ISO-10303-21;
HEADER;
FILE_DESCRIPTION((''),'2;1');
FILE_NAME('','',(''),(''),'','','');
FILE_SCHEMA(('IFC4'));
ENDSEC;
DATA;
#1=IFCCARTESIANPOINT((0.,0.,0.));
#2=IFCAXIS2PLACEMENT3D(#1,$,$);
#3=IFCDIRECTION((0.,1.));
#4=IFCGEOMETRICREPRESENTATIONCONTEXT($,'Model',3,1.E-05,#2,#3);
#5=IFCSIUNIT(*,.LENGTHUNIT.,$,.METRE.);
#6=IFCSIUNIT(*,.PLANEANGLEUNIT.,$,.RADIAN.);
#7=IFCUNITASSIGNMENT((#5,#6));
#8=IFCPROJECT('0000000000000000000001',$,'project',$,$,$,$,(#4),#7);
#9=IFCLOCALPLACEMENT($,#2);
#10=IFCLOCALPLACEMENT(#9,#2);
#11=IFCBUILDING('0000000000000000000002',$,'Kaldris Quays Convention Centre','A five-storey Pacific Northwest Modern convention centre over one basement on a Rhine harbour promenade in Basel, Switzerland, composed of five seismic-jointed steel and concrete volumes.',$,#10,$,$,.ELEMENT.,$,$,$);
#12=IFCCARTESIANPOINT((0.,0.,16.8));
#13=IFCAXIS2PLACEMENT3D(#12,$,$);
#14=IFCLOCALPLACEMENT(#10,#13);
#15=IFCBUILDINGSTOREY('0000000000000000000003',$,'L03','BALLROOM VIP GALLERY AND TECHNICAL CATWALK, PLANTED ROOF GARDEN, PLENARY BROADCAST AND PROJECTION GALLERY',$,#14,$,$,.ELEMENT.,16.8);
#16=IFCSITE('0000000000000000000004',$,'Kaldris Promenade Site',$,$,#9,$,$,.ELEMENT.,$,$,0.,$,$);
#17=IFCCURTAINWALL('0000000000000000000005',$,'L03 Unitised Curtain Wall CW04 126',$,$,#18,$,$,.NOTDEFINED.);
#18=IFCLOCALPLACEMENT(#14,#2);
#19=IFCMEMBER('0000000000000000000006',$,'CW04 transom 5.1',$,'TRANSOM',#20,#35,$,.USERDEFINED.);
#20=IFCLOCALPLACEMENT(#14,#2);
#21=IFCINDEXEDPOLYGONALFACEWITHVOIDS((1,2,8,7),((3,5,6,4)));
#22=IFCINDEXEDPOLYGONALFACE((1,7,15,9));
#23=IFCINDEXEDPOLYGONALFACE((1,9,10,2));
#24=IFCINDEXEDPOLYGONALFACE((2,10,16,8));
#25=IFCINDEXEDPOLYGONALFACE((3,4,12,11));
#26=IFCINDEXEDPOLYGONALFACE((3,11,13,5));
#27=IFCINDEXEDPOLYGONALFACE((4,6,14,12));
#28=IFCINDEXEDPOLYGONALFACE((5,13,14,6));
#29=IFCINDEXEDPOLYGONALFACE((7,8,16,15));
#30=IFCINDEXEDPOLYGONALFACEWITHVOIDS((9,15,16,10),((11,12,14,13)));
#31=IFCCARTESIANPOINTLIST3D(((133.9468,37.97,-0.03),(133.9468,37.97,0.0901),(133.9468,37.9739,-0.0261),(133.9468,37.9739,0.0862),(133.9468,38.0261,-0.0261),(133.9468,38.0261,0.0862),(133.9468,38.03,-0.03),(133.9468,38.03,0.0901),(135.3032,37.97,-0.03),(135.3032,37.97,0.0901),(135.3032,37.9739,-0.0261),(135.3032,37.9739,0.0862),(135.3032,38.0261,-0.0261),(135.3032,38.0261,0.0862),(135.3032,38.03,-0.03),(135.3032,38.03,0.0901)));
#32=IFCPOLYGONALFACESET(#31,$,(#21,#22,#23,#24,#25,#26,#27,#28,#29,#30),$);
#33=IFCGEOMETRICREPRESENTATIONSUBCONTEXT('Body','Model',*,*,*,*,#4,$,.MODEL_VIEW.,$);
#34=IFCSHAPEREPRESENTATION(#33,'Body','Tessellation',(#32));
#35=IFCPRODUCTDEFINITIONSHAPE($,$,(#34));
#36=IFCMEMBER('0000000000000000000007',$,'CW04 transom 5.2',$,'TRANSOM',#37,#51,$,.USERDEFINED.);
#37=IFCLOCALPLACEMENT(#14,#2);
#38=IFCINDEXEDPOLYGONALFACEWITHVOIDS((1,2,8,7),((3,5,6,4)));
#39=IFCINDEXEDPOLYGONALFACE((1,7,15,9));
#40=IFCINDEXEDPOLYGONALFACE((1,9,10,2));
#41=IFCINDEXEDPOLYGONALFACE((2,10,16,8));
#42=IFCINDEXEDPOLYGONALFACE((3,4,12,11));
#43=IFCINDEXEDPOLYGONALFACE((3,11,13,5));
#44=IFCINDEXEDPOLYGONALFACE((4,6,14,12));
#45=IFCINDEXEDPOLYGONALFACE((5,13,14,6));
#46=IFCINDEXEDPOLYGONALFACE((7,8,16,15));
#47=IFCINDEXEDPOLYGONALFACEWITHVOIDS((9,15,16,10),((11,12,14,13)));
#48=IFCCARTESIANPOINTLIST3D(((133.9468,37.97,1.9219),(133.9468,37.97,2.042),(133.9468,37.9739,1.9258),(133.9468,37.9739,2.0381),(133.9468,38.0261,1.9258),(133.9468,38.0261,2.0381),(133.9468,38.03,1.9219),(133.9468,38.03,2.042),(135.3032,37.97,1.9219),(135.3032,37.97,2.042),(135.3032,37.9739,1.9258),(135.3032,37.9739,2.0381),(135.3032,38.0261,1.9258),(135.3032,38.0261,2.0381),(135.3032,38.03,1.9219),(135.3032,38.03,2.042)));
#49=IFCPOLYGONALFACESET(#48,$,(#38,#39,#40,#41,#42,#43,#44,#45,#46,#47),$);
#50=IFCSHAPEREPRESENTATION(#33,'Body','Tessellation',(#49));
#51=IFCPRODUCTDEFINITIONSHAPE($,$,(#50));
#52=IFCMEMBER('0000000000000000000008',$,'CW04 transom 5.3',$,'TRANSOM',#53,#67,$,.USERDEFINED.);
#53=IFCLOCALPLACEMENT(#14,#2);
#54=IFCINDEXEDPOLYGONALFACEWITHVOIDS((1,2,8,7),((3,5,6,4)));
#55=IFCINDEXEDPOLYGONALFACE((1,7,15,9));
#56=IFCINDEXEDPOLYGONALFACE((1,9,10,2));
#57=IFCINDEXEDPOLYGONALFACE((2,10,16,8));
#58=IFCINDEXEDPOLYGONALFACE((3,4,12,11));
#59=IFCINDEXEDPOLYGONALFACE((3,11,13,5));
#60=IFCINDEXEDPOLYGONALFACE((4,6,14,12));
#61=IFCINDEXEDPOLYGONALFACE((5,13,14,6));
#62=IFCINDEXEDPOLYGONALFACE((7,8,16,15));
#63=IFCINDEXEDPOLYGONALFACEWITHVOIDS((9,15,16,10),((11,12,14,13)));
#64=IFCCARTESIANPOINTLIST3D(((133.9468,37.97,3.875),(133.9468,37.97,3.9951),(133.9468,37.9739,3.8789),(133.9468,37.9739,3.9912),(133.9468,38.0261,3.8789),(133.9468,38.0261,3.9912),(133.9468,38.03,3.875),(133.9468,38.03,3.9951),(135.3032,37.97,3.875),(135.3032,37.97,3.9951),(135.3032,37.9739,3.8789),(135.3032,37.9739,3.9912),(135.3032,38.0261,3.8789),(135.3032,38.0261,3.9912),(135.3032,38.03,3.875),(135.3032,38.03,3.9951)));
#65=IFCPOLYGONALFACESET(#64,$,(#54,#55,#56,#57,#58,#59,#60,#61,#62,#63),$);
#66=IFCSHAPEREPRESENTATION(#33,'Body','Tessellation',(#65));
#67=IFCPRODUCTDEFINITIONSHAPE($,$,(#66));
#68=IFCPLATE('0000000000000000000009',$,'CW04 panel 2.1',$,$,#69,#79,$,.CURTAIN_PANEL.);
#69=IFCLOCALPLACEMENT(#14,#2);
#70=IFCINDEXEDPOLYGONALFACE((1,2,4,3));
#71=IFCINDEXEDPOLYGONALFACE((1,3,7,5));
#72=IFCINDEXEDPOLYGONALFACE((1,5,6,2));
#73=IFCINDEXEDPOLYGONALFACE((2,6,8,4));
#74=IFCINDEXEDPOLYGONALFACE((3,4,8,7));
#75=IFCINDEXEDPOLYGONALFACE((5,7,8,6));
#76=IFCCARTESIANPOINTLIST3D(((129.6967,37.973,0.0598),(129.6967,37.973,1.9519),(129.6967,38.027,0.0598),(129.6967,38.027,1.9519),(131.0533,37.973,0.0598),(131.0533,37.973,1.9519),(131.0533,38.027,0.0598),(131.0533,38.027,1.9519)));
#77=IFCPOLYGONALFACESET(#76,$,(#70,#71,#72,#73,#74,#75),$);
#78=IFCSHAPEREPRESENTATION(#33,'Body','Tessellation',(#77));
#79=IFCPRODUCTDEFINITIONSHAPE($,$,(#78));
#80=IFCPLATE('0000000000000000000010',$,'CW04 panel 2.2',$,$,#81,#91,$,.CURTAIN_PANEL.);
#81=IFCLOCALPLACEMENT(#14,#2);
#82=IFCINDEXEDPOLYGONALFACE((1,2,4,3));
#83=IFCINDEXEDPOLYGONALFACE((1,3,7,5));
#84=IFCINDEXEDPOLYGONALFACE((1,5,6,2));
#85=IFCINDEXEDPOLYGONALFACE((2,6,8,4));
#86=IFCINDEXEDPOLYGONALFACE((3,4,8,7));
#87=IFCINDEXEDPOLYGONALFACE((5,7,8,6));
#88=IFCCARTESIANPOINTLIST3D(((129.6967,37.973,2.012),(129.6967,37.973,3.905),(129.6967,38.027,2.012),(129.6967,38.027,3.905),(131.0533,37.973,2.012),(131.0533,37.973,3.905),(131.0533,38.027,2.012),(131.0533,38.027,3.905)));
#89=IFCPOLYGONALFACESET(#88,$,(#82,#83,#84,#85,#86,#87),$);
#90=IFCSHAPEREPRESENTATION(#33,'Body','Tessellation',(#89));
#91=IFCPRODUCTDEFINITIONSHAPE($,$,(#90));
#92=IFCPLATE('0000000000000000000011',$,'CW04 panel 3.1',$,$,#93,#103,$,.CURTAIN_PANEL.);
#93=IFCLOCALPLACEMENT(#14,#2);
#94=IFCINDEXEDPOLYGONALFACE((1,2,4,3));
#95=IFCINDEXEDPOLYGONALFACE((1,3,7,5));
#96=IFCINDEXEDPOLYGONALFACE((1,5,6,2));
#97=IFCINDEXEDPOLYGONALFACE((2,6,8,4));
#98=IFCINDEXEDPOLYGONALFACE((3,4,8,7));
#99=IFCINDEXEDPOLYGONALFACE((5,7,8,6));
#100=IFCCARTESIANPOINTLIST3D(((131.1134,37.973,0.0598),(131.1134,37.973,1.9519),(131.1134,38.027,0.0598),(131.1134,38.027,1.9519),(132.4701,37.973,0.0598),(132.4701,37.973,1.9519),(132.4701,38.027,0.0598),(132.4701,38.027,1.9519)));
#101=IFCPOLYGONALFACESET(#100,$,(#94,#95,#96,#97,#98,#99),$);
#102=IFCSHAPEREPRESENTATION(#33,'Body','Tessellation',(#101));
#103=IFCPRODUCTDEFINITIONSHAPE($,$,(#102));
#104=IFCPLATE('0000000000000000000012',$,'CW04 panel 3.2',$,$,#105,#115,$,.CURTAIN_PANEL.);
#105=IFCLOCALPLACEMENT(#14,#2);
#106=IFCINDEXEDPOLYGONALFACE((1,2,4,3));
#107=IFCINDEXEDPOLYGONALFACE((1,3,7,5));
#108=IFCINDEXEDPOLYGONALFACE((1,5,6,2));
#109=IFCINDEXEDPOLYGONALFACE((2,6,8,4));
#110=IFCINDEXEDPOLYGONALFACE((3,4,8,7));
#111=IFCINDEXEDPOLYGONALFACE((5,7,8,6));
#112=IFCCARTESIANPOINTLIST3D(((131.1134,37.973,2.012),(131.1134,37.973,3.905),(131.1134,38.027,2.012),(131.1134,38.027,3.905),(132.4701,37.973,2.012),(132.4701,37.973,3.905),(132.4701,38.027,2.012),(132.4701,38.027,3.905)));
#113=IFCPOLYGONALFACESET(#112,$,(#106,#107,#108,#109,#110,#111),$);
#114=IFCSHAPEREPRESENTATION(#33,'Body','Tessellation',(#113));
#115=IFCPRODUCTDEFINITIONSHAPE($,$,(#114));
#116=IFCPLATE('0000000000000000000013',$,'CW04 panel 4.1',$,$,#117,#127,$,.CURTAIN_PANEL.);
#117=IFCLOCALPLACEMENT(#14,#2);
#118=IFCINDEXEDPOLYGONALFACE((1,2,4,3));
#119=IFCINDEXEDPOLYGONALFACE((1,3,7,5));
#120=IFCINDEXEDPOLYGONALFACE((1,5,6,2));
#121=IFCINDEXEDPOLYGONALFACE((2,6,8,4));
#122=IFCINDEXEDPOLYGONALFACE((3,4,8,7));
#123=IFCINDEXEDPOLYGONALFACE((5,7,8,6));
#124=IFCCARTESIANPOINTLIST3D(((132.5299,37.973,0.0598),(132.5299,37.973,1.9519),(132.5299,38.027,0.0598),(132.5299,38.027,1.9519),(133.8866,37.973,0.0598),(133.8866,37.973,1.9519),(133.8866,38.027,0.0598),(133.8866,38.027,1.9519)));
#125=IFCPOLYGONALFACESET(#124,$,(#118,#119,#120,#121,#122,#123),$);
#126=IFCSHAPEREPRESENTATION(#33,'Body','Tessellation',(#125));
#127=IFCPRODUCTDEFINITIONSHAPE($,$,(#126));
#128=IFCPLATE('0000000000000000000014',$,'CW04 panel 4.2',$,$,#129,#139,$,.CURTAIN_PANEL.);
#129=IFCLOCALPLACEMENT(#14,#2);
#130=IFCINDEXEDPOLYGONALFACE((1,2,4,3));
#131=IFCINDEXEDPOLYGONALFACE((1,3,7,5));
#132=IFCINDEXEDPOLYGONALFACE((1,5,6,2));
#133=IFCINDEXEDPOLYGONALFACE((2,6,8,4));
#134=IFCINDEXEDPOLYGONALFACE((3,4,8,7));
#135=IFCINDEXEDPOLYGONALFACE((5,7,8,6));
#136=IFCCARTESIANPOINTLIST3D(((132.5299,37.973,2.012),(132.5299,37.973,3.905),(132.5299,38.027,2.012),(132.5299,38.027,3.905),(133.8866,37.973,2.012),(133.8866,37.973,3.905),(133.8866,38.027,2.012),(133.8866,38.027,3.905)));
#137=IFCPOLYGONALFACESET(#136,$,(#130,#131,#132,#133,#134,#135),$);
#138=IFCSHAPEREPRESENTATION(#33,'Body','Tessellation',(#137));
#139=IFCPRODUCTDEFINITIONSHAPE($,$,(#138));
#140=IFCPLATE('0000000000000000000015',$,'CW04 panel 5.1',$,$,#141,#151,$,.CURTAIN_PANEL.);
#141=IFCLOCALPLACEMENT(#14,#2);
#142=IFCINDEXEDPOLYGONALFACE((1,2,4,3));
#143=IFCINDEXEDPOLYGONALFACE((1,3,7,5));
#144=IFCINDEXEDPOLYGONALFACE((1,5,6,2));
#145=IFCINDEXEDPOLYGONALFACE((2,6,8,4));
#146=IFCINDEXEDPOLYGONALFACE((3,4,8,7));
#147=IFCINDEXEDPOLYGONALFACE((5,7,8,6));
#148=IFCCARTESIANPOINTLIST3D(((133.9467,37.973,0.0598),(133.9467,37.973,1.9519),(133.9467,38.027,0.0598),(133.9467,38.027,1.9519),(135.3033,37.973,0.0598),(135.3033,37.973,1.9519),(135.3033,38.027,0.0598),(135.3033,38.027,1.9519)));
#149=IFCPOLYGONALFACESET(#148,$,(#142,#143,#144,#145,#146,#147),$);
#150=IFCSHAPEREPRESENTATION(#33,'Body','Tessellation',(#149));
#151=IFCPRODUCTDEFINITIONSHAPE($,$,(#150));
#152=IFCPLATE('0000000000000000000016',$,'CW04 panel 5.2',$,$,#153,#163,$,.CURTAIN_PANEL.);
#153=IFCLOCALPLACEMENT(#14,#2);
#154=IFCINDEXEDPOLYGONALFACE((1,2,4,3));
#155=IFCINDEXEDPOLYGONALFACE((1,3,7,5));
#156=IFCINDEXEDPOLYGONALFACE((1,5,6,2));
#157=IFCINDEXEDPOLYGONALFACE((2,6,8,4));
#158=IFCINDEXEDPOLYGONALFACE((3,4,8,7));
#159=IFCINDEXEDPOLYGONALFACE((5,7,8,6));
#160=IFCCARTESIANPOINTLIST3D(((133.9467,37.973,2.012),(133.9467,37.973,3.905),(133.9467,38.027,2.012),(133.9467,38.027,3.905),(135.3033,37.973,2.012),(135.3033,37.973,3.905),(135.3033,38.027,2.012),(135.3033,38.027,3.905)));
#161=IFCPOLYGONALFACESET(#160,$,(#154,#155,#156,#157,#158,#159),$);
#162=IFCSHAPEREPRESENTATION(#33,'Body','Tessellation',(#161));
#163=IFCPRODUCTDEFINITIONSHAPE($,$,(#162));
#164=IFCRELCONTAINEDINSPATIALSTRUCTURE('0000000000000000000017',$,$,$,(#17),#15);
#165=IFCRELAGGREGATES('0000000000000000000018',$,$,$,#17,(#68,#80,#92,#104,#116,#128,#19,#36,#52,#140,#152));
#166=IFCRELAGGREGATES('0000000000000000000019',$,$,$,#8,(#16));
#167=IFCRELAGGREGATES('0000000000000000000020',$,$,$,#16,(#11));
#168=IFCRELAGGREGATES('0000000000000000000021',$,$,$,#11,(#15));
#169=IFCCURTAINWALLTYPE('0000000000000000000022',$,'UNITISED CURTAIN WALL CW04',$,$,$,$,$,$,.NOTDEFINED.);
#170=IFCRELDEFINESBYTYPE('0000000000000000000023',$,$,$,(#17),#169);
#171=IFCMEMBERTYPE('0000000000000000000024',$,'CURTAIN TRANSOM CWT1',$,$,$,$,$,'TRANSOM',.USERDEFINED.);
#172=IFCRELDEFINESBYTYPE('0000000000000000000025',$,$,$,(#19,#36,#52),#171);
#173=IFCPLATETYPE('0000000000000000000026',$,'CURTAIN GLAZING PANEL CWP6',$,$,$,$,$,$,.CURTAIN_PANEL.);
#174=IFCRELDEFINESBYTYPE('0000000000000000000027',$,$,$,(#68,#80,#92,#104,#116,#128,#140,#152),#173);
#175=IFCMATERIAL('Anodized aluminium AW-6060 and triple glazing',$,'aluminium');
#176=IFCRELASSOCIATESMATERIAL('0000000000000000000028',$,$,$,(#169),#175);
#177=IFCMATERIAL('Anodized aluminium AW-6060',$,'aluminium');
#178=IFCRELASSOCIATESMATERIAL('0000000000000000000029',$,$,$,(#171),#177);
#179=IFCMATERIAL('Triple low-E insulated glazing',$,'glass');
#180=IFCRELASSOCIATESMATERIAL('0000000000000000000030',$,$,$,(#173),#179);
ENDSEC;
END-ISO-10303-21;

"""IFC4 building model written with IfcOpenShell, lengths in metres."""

from ifc_helpers import new_model, si_unit, direction, frame, origin, origin_2d, place, context, subcontext, project, spatial, rectangle, hollow_rectangle, extrude, material, material_profile, profile_set, type_object, element, aggregate, save


model = new_model("IFC4")

# Units and contexts
model_context = context("Model", 3, precision=1e-05, world=origin(), true_north=direction((0.0, 1.0)))
body_context = subcontext(model_context, "Body", "Model", "MODEL_VIEW")
ifc_project = project(units=[si_unit("LENGTHUNIT", "METRE"), si_unit("PLANEANGLEUNIT", "RADIAN")], contexts=[model_context])

# Site, building, storey
site_placement = place(None, origin())
site = spatial("IfcSite", under=ifc_project, at=site_placement, Name="Kaldris Promenade Site", CompositionType="ELEMENT", RefElevation=0.0)
building_placement = place(site_placement, origin())
building = spatial("IfcBuilding", under=site, at=building_placement, Name="Kaldris Quays Convention Centre", Description="A five-storey Pacific Northwest Modern convention centre over one basement on a Rhine harbour promenade in Basel, Switzerland, composed of five seismic-jointed steel and concrete volumes.", CompositionType="ELEMENT")
storey_placement = place(building_placement, frame((0.0, 0.0, 16.8)))
storey = spatial("IfcBuildingStorey", under=building, at=storey_placement, Name="L03", Description="BALLROOM VIP GALLERY AND TECHNICAL CATWALK, PLANTED ROOF GARDEN, PLENARY BROADCAST AND PROJECTION GALLERY", CompositionType="ELEMENT", Elevation=16.8)

# Curtain wall, members, plates
ifc_material_1 = material(Name="Anodized aluminium AW-6060 and triple glazing", Category="aluminium")
curtain_wall_type = type_object("IfcCurtainWallType", Name="UNITISED CURTAIN WALL CW04", PredefinedType="NOTDEFINED", material=ifc_material_1)
curtain_wall_placement = place(storey_placement, origin())
curtain_wall = element("IfcCurtainWall", 1, at=curtain_wall_placement, inside=storey, type_object=curtain_wall_type, Name="L03 Unitised Curtain Wall CW04 126", PredefinedType="NOTDEFINED")
ifc_material_2 = material(Name="Anodized aluminium AW-6060", Category="aluminium")
ifc_material_profile_1 = material_profile(ifc_material_2, hollow_rectangle(XDim=0.0601, YDim=0.1201, WallThickness=0.0039, at=origin_2d()), Name="RHS 120x60x4")
ifc_profile_set_1 = profile_set([ifc_material_profile_1], Name="Anodized aluminium AW-6060")
member_type_1 = type_object("IfcMemberType", Name="CURTAIN TRANSOM CWT1", ElementType="TRANSOM", PredefinedType="USERDEFINED", material=ifc_profile_set_1)
member_1_placement = place(storey_placement, frame((133.9468, 38.0, 0.03), z_axis=(1.0, 0.0, 0.0), x_axis=(0.0, 1.0, 0.0)))
member_1 = element("IfcMember", 2, at=member_1_placement, type_object=member_type_1, Name="CW04 transom 5.1", ObjectType="TRANSOM", PredefinedType="USERDEFINED", context=body_context, shape_type="SweptSolid", body=[
    extrude(hollow_rectangle(XDim=0.0601, YDim=0.1201, WallThickness=0.0039, at=origin_2d()), origin(), (0.0, 0.0, 1.0), 1.3564),
])
member_2_placement = place(storey_placement, frame((133.9468, 38.0, 1.9819), z_axis=(1.0, 0.0, 0.0), x_axis=(0.0, 1.0, 0.0)))
member_2 = element("IfcMember", 3, at=member_2_placement, type_object=member_type_1, Name="CW04 transom 5.2", ObjectType="TRANSOM", PredefinedType="USERDEFINED", context=body_context, shape_type="SweptSolid", body=[
    extrude(hollow_rectangle(XDim=0.0601, YDim=0.1201, WallThickness=0.0039, at=origin_2d()), origin(), (0.0, 0.0, 1.0), 1.3564),
])
member_3_placement = place(storey_placement, frame((133.9468, 38.0, 3.9351), z_axis=(1.0, 0.0, 0.0), x_axis=(0.0, 1.0, 0.0)))
member_3 = element("IfcMember", 4, at=member_3_placement, type_object=member_type_1, Name="CW04 transom 5.3", ObjectType="TRANSOM", PredefinedType="USERDEFINED", context=body_context, shape_type="SweptSolid", body=[
    extrude(hollow_rectangle(XDim=0.0601, YDim=0.1201, WallThickness=0.0039, at=origin_2d()), origin(), (0.0, 0.0, 1.0), 1.3564),
])
ifc_material_3 = material(Name="Triple low-E insulated glazing", Category="glass")
plate_type = type_object("IfcPlateType", Name="CURTAIN GLAZING PANEL CWP6", PredefinedType="CURTAIN_PANEL", material=ifc_material_3)
plate_1_placement = place(storey_placement, frame((130.375, 38.0, 0.0598), z_axis=(0.0, 0.0, 1.0), x_axis=(1.0, 0.0, 0.0)))
plate_1 = element("IfcPlate", 5, at=plate_1_placement, type_object=plate_type, Name="CW04 panel 2.1", PredefinedType="CURTAIN_PANEL", context=body_context, shape_type="SweptSolid", body=[
    extrude(rectangle(XDim=1.3567, YDim=0.054, at=origin_2d()), origin(), (0.0, 0.0, 1.0), 1.8921),
])
plate_2_placement = place(storey_placement, frame((130.375, 38.0, 2.012), z_axis=(0.0, 0.0, 1.0), x_axis=(1.0, 0.0, 0.0)))
plate_2 = element("IfcPlate", 6, at=plate_2_placement, type_object=plate_type, Name="CW04 panel 2.2", PredefinedType="CURTAIN_PANEL", context=body_context, shape_type="SweptSolid", body=[
    extrude(rectangle(XDim=1.3567, YDim=0.054, at=origin_2d()), origin(), (0.0, 0.0, 1.0), 1.8931),
])
plate_3_placement = place(storey_placement, frame((131.7917, 38.0, 0.0598), z_axis=(0.0, 0.0, 1.0), x_axis=(1.0, 0.0, 0.0)))
plate_3 = element("IfcPlate", 7, at=plate_3_placement, type_object=plate_type, Name="CW04 panel 3.1", PredefinedType="CURTAIN_PANEL", context=body_context, shape_type="SweptSolid", body=[
    extrude(rectangle(XDim=1.3567, YDim=0.054, at=origin_2d()), origin(), (0.0, 0.0, 1.0), 1.8921),
])
plate_4_placement = place(storey_placement, frame((131.7917, 38.0, 2.012), z_axis=(0.0, 0.0, 1.0), x_axis=(1.0, 0.0, 0.0)))
plate_4 = element("IfcPlate", 8, at=plate_4_placement, type_object=plate_type, Name="CW04 panel 3.2", PredefinedType="CURTAIN_PANEL", context=body_context, shape_type="SweptSolid", body=[
    extrude(rectangle(XDim=1.3567, YDim=0.054, at=origin_2d()), origin(), (0.0, 0.0, 1.0), 1.8931),
])
plate_5_placement = place(storey_placement, frame((133.2083, 38.0, 0.0598), z_axis=(0.0, 0.0, 1.0), x_axis=(1.0, 0.0, 0.0)))
plate_5 = element("IfcPlate", 9, at=plate_5_placement, type_object=plate_type, Name="CW04 panel 4.1", PredefinedType="CURTAIN_PANEL", context=body_context, shape_type="SweptSolid", body=[
    extrude(rectangle(XDim=1.3567, YDim=0.054, at=origin_2d()), origin(), (0.0, 0.0, 1.0), 1.8921),
])
plate_6_placement = place(storey_placement, frame((133.2083, 38.0, 2.012), z_axis=(0.0, 0.0, 1.0), x_axis=(1.0, 0.0, 0.0)))
plate_6 = element("IfcPlate", 10, at=plate_6_placement, type_object=plate_type, Name="CW04 panel 4.2", PredefinedType="CURTAIN_PANEL", context=body_context, shape_type="SweptSolid", body=[
    extrude(rectangle(XDim=1.3567, YDim=0.054, at=origin_2d()), origin(), (0.0, 0.0, 1.0), 1.8931),
])
plate_7_placement = place(storey_placement, frame((134.625, 38.0, 0.0598), z_axis=(0.0, 0.0, 1.0), x_axis=(1.0, 0.0, 0.0)))
plate_7 = element("IfcPlate", 11, at=plate_7_placement, type_object=plate_type, Name="CW04 panel 5.1", PredefinedType="CURTAIN_PANEL", context=body_context, shape_type="SweptSolid", body=[
    extrude(rectangle(XDim=1.3567, YDim=0.054, at=origin_2d()), origin(), (0.0, 0.0, 1.0), 1.8921),
])
plate_8_placement = place(storey_placement, frame((134.625, 38.0, 2.012), z_axis=(0.0, 0.0, 1.0), x_axis=(1.0, 0.0, 0.0)))
plate_8 = element("IfcPlate", 12, at=plate_8_placement, type_object=plate_type, Name="CW04 panel 5.2", PredefinedType="CURTAIN_PANEL", context=body_context, shape_type="SweptSolid", body=[
    extrude(rectangle(XDim=1.3567, YDim=0.054, at=origin_2d()), origin(), (0.0, 0.0, 1.0), 1.8931),
])
aggregate(curtain_wall, [plate_1, plate_2, plate_3, plate_4, plate_5, plate_6, member_1, member_2, member_3, plate_7, plate_8])

save(model, "model.ifc")
